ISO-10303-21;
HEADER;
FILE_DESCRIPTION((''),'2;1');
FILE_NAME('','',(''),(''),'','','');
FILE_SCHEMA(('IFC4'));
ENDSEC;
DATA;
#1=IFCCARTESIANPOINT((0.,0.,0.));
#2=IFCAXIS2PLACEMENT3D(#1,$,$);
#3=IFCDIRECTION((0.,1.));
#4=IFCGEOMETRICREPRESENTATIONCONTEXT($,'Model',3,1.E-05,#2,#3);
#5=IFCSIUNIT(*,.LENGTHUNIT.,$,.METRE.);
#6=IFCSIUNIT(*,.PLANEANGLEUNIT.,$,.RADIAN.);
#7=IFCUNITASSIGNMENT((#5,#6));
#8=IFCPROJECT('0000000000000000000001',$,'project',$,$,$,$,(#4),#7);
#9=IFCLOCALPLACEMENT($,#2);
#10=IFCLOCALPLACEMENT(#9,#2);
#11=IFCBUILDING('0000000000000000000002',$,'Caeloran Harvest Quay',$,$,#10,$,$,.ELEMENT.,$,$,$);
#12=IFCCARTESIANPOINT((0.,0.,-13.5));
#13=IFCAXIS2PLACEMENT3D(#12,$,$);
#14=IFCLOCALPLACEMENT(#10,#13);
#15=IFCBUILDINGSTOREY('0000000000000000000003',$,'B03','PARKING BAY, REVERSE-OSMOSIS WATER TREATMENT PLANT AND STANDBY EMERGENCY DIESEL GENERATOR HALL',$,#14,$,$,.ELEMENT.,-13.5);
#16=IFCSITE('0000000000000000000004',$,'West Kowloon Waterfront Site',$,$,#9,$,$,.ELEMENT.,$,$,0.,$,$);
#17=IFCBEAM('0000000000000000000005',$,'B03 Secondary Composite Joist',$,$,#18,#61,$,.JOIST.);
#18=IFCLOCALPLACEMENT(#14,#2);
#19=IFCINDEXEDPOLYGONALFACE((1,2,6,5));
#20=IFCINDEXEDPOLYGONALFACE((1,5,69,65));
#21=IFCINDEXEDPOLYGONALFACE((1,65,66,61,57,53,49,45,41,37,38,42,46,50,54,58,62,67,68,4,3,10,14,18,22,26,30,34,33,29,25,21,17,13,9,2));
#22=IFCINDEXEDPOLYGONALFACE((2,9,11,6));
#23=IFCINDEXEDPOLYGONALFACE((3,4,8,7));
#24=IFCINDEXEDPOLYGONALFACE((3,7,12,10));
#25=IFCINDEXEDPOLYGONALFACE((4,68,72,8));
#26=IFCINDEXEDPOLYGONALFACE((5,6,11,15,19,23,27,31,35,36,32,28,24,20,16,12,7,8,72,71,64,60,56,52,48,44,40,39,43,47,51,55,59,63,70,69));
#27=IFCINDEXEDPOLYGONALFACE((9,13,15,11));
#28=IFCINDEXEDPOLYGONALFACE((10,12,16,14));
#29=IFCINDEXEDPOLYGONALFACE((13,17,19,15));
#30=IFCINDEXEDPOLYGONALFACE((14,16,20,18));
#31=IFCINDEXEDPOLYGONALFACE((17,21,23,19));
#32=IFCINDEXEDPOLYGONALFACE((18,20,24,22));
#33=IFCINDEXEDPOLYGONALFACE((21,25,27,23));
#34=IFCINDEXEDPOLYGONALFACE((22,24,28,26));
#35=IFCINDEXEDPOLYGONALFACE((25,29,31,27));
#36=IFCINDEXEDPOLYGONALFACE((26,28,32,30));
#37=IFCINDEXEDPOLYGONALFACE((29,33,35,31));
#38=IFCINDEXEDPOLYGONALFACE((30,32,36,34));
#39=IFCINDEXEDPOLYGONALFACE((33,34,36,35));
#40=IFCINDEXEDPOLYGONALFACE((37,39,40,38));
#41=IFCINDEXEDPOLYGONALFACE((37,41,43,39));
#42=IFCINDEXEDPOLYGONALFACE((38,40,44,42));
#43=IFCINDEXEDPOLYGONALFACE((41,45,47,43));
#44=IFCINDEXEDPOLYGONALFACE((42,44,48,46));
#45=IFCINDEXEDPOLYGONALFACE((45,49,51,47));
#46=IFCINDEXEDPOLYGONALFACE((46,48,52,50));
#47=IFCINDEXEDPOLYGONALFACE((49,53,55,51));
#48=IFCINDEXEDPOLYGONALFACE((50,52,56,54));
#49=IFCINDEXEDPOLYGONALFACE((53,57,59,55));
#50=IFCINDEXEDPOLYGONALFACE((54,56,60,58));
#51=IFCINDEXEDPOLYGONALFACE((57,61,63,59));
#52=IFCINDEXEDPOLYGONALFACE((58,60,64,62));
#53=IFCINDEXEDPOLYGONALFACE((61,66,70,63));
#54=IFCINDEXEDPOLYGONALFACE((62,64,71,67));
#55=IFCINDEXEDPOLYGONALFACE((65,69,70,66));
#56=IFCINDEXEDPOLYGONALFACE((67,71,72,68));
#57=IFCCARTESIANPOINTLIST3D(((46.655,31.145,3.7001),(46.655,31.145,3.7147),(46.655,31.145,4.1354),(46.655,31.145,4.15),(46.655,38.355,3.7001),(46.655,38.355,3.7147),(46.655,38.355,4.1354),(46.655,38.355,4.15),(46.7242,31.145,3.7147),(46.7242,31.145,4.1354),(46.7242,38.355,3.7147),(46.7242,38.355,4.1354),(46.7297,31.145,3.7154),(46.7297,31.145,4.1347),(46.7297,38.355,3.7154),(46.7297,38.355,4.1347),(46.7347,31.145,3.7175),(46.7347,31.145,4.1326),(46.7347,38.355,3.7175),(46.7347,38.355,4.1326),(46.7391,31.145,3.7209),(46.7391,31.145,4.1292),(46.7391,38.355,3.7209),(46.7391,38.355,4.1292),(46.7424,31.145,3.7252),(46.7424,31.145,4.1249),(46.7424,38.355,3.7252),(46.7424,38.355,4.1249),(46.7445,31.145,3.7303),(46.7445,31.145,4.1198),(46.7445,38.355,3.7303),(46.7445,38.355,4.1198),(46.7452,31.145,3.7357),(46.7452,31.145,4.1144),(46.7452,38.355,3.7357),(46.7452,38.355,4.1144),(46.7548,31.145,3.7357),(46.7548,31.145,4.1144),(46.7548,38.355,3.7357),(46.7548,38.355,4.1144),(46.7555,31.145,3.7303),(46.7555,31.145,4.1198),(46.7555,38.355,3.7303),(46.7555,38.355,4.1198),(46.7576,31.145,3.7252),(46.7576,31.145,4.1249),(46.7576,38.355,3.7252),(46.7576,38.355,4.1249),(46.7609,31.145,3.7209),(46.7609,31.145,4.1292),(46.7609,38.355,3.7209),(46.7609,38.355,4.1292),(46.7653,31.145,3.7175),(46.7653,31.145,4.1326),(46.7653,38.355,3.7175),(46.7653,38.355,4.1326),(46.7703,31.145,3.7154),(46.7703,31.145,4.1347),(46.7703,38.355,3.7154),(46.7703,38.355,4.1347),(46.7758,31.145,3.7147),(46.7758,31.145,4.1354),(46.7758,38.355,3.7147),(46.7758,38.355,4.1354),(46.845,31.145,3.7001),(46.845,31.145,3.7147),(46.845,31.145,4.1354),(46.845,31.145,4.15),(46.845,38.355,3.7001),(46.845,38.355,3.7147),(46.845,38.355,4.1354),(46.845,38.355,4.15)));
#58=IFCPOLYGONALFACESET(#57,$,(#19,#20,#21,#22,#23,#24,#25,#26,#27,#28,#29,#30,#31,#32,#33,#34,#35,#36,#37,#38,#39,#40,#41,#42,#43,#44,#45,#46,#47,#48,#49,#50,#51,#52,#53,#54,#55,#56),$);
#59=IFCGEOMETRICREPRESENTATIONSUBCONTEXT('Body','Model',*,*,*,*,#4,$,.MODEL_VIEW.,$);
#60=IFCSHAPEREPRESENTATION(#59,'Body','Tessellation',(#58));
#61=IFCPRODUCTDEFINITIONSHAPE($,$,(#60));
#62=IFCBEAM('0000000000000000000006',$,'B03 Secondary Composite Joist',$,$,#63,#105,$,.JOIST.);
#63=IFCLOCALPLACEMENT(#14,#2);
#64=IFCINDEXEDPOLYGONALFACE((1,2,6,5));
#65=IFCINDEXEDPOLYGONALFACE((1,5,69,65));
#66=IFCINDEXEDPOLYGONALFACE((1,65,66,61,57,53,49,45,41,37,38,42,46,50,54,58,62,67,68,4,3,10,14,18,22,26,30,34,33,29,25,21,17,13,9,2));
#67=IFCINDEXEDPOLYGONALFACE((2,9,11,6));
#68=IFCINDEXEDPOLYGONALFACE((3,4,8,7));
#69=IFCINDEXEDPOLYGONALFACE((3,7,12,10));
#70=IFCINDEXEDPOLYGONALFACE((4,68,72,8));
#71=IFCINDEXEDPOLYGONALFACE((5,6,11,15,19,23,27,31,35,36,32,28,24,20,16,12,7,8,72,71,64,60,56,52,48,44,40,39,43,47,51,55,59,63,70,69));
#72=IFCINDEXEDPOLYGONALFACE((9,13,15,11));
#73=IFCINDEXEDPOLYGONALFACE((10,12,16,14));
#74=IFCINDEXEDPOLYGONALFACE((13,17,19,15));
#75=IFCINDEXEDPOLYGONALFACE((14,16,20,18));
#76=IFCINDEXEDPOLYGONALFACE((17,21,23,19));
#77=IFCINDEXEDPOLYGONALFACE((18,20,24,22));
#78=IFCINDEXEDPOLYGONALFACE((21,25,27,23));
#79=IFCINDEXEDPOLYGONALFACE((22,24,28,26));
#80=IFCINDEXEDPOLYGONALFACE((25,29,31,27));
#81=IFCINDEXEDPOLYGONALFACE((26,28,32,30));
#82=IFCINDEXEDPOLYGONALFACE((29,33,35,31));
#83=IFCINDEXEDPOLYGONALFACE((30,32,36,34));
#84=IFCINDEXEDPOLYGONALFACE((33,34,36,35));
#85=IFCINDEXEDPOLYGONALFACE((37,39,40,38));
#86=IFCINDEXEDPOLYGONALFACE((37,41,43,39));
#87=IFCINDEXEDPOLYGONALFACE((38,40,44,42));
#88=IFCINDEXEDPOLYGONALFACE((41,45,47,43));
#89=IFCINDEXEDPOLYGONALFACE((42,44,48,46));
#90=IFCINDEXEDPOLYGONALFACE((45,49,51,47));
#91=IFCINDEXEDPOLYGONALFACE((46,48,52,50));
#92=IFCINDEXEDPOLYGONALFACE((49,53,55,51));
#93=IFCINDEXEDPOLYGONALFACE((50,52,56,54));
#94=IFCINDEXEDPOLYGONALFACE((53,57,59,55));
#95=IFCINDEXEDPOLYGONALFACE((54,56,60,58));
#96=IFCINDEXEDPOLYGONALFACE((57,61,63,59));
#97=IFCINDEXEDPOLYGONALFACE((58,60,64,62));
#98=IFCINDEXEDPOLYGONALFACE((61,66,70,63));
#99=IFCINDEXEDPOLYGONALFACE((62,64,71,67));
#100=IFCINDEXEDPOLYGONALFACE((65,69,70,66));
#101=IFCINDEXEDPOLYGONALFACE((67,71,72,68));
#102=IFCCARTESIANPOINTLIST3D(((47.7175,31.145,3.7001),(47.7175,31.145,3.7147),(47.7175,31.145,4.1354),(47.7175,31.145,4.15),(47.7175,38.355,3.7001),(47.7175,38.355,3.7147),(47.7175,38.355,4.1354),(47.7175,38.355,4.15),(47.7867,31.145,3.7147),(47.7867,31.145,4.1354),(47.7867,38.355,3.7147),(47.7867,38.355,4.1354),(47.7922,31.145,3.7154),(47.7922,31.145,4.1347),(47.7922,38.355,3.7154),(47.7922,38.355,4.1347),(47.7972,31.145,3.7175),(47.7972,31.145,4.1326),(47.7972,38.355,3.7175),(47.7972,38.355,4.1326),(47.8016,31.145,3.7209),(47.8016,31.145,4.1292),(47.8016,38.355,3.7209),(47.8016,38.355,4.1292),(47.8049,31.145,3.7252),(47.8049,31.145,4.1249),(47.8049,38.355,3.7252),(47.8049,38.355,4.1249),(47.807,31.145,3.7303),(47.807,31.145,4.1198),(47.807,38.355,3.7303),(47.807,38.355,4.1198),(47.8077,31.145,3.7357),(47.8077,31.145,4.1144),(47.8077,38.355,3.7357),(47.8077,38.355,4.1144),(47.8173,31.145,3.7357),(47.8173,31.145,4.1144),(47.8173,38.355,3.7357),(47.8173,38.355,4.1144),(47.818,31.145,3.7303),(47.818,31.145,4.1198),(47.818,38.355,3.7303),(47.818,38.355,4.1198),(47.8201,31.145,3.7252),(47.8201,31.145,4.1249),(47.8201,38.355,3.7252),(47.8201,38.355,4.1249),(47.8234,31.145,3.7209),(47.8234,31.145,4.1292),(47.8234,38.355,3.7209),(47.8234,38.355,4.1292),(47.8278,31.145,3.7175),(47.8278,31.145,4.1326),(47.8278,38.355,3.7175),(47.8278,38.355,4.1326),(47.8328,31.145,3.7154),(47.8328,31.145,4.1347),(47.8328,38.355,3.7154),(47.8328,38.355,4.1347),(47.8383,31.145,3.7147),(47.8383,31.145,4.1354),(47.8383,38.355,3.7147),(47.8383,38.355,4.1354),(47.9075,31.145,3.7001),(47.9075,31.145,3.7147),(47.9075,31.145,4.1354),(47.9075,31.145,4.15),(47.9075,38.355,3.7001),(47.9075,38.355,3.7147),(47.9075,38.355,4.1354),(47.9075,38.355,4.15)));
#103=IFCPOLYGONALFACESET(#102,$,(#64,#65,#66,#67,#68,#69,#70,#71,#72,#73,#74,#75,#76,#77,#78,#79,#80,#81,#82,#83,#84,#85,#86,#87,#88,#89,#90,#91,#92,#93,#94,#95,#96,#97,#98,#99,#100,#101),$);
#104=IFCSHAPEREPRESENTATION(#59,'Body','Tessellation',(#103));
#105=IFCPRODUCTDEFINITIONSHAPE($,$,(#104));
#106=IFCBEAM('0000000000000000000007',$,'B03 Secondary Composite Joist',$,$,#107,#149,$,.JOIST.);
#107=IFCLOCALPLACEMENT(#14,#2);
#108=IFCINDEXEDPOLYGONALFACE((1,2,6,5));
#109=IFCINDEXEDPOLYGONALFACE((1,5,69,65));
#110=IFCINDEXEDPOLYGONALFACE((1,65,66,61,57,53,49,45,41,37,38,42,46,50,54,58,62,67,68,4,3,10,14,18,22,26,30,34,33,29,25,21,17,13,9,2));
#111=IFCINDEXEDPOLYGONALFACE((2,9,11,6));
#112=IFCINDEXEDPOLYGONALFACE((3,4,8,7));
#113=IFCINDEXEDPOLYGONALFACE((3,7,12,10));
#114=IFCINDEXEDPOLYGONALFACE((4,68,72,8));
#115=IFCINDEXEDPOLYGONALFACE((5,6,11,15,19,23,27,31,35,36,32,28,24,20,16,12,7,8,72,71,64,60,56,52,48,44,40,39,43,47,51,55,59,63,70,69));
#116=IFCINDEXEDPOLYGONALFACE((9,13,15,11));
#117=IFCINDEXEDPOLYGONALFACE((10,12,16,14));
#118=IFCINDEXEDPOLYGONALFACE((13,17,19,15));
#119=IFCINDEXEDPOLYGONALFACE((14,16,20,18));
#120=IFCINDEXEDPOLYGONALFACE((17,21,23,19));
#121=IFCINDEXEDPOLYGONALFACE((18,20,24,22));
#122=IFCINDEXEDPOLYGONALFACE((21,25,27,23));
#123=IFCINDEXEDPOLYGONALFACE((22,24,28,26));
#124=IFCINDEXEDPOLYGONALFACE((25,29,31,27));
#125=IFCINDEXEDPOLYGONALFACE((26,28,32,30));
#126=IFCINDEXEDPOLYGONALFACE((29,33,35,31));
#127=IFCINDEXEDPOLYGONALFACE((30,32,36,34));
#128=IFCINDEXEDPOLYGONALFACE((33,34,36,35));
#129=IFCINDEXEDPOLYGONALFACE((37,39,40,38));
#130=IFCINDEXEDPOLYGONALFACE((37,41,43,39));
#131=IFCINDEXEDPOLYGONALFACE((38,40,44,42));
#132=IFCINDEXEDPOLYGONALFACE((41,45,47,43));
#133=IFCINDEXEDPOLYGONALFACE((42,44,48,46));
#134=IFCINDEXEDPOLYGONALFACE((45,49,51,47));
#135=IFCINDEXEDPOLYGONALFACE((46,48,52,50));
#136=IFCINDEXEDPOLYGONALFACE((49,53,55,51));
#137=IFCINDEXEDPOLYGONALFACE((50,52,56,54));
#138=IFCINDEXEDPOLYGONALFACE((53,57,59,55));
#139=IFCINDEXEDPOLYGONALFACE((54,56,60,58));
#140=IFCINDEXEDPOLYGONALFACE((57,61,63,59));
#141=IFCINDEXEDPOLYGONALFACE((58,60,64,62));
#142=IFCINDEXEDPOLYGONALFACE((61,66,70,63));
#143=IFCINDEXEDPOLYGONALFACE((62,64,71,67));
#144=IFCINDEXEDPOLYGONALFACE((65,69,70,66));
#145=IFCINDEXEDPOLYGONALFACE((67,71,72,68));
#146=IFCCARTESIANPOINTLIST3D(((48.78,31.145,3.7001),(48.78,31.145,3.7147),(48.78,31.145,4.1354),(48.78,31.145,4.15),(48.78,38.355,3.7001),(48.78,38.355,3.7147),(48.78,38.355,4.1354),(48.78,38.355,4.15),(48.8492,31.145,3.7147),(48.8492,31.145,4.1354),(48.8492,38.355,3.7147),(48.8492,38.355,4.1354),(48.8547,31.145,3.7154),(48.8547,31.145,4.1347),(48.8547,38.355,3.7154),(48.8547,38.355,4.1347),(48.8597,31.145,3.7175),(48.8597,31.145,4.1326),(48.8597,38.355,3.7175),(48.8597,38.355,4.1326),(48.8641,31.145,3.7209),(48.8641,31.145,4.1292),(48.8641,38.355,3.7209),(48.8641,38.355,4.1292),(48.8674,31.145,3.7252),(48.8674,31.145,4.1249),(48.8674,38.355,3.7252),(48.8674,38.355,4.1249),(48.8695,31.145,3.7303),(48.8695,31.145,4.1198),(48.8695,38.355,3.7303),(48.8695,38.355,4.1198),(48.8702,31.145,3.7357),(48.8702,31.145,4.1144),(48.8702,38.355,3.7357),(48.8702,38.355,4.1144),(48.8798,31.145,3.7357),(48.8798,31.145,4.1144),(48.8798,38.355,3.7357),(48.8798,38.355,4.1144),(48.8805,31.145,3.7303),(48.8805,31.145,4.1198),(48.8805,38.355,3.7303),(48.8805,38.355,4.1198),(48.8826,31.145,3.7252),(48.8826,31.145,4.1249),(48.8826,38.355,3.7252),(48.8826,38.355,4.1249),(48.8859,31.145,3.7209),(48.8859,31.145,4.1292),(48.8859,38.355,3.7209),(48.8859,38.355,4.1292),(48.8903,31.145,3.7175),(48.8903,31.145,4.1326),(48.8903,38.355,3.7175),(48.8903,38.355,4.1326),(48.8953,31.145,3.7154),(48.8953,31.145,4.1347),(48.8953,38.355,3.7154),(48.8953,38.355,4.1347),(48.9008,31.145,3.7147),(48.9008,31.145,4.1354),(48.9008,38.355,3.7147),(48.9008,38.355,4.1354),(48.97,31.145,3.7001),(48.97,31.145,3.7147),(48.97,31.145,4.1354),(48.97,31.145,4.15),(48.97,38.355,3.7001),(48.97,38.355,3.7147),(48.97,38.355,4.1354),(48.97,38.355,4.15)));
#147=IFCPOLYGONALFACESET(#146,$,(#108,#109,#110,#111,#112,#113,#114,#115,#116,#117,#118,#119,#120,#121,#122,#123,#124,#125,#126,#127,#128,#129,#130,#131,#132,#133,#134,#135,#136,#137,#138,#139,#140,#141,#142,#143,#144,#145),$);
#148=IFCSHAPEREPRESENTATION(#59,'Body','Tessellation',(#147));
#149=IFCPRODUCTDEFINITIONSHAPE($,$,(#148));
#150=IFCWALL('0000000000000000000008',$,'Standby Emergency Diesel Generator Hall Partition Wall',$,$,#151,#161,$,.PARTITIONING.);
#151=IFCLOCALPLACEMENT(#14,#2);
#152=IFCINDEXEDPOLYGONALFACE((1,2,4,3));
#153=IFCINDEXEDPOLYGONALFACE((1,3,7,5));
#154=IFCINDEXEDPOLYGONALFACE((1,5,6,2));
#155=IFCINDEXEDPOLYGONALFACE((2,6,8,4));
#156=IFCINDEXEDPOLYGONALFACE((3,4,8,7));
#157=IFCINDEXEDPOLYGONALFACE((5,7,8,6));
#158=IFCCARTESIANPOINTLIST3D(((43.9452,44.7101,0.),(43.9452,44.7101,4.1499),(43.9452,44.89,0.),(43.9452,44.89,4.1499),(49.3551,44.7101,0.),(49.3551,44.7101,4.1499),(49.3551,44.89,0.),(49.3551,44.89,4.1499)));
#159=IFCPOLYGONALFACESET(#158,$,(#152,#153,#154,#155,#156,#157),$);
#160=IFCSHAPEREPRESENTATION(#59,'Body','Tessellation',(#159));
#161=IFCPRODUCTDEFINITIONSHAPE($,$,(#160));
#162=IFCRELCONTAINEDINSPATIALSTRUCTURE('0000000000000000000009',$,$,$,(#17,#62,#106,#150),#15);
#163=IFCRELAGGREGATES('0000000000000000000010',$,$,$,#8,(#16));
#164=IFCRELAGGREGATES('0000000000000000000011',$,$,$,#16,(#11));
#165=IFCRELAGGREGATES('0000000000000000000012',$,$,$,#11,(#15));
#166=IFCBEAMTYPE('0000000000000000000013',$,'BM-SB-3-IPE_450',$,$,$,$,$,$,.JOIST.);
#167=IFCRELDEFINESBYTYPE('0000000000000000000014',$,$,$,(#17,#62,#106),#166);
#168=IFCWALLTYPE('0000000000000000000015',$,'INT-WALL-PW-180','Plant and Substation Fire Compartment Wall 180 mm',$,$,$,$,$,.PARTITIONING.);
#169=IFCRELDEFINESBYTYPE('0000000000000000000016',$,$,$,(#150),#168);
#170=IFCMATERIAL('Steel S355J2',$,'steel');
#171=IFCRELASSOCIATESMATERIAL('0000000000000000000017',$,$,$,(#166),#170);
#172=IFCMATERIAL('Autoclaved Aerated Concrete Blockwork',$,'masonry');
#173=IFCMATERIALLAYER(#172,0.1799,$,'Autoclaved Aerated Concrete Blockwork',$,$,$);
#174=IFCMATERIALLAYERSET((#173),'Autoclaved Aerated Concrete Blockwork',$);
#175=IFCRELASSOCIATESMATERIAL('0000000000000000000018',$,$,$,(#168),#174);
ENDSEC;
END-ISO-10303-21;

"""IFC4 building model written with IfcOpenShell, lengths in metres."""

from ifc_helpers import new_model, si_unit, direction, frame, frame_2d, origin, origin_2d, place, context, subcontext, project, spatial, rectangle, i_section, extrude, material, layer, layer_set, material_profile, profile_set, type_object, element, save


model = new_model("IFC4")

# Units and contexts
model_context = context("Model", 3, precision=1e-05, world=origin(), true_north=direction((0.0, 1.0)))
body_context = subcontext(model_context, "Body", "Model", "MODEL_VIEW")
ifc_project = project(units=[si_unit("LENGTHUNIT", "METRE"), si_unit("PLANEANGLEUNIT", "RADIAN")], contexts=[model_context])

# Site, building, storey
site_placement = place(None, origin())
site = spatial("IfcSite", under=ifc_project, at=site_placement, Name="West Kowloon Waterfront Site", CompositionType="ELEMENT", RefElevation=0.0)
building_placement = place(site_placement, origin())
building = spatial("IfcBuilding", under=site, at=building_placement, Name="Caeloran Harvest Quay", CompositionType="ELEMENT")
storey_placement = place(building_placement, frame((0.0, 0.0, -13.5)))
storey = spatial("IfcBuildingStorey", under=building, at=storey_placement, Name="B03", Description="PARKING BAY, REVERSE-OSMOSIS WATER TREATMENT PLANT AND STANDBY EMERGENCY DIESEL GENERATOR HALL", CompositionType="ELEMENT", Elevation=-13.5)

# Beams
ifc_material_1 = material(Name="Steel S355J2", Category="steel")
ifc_material_profile_1 = material_profile(ifc_material_1, i_section(OverallWidth=0.1899, OverallDepth=0.45, WebThickness=0.0095, FlangeThickness=0.0146, FilletRadius=0.021, at=origin_2d()), Name="IPE 450")
ifc_profile_set_1 = profile_set([ifc_material_profile_1], Name="Steel S355J2")
beam_type_1 = type_object("IfcBeamType", Name="BM-SB-3-IPE_450", PredefinedType="JOIST", material=ifc_profile_set_1)
for number, where, z_axis, x_axis, name in (
    (1, (46.75, 31.145, 3.925), (0.0, 1.0, 0.0), (-1.0, 0.0, 0.0), "B03 Secondary Composite Joist"),
    (2, (47.8125, 31.145, 3.925), (0.0, 1.0, 0.0), (-1.0, 0.0, 0.0), "B03 Secondary Composite Joist"),
    (3, (48.875, 31.145, 3.925), (0.0, 1.0, 0.0), (-1.0, 0.0, 0.0), "B03 Secondary Composite Joist"),
):
    element("IfcBeam", number, at=place(storey_placement, frame(where, z_axis=z_axis, x_axis=x_axis)), inside=storey, type_object=beam_type_1, Name=name, PredefinedType="JOIST", context=body_context, shape_type="SweptSolid", body=[
        extrude(i_section(OverallWidth=0.1899, OverallDepth=0.45, WebThickness=0.0095, FlangeThickness=0.0146, FilletRadius=0.021, at=origin_2d()), origin(), (0.0, 0.0, 1.0), 7.21),
    ])

# Wall
ifc_material_2 = material(Name="Autoclaved Aerated Concrete Blockwork", Category="masonry")
ifc_layer = layer(ifc_material_2, 0.1799, Name="Autoclaved Aerated Concrete Blockwork")
ifc_layer_set = layer_set([ifc_layer], Name="Autoclaved Aerated Concrete Blockwork")
wall_type = type_object("IfcWallType", Name="INT-WALL-PW-180", Description="Plant and Substation Fire Compartment Wall 180 mm", PredefinedType="PARTITIONING", material=ifc_layer_set)
wall_placement = place(storey_placement, frame((43.9451, 44.8, 0.0), z_axis=(0.0, 0.0, 1.0), x_axis=(1.0, 0.0, 0.0)))
element("IfcWall", 4, at=wall_placement, inside=storey, type_object=wall_type, Name="Standby Emergency Diesel Generator Hall Partition Wall", PredefinedType="PARTITIONING", context=body_context, shape_type="SweptSolid", body=[
    extrude(rectangle(XDim=5.4099, YDim=0.1799, at=frame_2d((2.7051, 0.0))), origin(), (0.0, 0.0, 1.0), 4.1499),
])

save(model, "model.ifc")
